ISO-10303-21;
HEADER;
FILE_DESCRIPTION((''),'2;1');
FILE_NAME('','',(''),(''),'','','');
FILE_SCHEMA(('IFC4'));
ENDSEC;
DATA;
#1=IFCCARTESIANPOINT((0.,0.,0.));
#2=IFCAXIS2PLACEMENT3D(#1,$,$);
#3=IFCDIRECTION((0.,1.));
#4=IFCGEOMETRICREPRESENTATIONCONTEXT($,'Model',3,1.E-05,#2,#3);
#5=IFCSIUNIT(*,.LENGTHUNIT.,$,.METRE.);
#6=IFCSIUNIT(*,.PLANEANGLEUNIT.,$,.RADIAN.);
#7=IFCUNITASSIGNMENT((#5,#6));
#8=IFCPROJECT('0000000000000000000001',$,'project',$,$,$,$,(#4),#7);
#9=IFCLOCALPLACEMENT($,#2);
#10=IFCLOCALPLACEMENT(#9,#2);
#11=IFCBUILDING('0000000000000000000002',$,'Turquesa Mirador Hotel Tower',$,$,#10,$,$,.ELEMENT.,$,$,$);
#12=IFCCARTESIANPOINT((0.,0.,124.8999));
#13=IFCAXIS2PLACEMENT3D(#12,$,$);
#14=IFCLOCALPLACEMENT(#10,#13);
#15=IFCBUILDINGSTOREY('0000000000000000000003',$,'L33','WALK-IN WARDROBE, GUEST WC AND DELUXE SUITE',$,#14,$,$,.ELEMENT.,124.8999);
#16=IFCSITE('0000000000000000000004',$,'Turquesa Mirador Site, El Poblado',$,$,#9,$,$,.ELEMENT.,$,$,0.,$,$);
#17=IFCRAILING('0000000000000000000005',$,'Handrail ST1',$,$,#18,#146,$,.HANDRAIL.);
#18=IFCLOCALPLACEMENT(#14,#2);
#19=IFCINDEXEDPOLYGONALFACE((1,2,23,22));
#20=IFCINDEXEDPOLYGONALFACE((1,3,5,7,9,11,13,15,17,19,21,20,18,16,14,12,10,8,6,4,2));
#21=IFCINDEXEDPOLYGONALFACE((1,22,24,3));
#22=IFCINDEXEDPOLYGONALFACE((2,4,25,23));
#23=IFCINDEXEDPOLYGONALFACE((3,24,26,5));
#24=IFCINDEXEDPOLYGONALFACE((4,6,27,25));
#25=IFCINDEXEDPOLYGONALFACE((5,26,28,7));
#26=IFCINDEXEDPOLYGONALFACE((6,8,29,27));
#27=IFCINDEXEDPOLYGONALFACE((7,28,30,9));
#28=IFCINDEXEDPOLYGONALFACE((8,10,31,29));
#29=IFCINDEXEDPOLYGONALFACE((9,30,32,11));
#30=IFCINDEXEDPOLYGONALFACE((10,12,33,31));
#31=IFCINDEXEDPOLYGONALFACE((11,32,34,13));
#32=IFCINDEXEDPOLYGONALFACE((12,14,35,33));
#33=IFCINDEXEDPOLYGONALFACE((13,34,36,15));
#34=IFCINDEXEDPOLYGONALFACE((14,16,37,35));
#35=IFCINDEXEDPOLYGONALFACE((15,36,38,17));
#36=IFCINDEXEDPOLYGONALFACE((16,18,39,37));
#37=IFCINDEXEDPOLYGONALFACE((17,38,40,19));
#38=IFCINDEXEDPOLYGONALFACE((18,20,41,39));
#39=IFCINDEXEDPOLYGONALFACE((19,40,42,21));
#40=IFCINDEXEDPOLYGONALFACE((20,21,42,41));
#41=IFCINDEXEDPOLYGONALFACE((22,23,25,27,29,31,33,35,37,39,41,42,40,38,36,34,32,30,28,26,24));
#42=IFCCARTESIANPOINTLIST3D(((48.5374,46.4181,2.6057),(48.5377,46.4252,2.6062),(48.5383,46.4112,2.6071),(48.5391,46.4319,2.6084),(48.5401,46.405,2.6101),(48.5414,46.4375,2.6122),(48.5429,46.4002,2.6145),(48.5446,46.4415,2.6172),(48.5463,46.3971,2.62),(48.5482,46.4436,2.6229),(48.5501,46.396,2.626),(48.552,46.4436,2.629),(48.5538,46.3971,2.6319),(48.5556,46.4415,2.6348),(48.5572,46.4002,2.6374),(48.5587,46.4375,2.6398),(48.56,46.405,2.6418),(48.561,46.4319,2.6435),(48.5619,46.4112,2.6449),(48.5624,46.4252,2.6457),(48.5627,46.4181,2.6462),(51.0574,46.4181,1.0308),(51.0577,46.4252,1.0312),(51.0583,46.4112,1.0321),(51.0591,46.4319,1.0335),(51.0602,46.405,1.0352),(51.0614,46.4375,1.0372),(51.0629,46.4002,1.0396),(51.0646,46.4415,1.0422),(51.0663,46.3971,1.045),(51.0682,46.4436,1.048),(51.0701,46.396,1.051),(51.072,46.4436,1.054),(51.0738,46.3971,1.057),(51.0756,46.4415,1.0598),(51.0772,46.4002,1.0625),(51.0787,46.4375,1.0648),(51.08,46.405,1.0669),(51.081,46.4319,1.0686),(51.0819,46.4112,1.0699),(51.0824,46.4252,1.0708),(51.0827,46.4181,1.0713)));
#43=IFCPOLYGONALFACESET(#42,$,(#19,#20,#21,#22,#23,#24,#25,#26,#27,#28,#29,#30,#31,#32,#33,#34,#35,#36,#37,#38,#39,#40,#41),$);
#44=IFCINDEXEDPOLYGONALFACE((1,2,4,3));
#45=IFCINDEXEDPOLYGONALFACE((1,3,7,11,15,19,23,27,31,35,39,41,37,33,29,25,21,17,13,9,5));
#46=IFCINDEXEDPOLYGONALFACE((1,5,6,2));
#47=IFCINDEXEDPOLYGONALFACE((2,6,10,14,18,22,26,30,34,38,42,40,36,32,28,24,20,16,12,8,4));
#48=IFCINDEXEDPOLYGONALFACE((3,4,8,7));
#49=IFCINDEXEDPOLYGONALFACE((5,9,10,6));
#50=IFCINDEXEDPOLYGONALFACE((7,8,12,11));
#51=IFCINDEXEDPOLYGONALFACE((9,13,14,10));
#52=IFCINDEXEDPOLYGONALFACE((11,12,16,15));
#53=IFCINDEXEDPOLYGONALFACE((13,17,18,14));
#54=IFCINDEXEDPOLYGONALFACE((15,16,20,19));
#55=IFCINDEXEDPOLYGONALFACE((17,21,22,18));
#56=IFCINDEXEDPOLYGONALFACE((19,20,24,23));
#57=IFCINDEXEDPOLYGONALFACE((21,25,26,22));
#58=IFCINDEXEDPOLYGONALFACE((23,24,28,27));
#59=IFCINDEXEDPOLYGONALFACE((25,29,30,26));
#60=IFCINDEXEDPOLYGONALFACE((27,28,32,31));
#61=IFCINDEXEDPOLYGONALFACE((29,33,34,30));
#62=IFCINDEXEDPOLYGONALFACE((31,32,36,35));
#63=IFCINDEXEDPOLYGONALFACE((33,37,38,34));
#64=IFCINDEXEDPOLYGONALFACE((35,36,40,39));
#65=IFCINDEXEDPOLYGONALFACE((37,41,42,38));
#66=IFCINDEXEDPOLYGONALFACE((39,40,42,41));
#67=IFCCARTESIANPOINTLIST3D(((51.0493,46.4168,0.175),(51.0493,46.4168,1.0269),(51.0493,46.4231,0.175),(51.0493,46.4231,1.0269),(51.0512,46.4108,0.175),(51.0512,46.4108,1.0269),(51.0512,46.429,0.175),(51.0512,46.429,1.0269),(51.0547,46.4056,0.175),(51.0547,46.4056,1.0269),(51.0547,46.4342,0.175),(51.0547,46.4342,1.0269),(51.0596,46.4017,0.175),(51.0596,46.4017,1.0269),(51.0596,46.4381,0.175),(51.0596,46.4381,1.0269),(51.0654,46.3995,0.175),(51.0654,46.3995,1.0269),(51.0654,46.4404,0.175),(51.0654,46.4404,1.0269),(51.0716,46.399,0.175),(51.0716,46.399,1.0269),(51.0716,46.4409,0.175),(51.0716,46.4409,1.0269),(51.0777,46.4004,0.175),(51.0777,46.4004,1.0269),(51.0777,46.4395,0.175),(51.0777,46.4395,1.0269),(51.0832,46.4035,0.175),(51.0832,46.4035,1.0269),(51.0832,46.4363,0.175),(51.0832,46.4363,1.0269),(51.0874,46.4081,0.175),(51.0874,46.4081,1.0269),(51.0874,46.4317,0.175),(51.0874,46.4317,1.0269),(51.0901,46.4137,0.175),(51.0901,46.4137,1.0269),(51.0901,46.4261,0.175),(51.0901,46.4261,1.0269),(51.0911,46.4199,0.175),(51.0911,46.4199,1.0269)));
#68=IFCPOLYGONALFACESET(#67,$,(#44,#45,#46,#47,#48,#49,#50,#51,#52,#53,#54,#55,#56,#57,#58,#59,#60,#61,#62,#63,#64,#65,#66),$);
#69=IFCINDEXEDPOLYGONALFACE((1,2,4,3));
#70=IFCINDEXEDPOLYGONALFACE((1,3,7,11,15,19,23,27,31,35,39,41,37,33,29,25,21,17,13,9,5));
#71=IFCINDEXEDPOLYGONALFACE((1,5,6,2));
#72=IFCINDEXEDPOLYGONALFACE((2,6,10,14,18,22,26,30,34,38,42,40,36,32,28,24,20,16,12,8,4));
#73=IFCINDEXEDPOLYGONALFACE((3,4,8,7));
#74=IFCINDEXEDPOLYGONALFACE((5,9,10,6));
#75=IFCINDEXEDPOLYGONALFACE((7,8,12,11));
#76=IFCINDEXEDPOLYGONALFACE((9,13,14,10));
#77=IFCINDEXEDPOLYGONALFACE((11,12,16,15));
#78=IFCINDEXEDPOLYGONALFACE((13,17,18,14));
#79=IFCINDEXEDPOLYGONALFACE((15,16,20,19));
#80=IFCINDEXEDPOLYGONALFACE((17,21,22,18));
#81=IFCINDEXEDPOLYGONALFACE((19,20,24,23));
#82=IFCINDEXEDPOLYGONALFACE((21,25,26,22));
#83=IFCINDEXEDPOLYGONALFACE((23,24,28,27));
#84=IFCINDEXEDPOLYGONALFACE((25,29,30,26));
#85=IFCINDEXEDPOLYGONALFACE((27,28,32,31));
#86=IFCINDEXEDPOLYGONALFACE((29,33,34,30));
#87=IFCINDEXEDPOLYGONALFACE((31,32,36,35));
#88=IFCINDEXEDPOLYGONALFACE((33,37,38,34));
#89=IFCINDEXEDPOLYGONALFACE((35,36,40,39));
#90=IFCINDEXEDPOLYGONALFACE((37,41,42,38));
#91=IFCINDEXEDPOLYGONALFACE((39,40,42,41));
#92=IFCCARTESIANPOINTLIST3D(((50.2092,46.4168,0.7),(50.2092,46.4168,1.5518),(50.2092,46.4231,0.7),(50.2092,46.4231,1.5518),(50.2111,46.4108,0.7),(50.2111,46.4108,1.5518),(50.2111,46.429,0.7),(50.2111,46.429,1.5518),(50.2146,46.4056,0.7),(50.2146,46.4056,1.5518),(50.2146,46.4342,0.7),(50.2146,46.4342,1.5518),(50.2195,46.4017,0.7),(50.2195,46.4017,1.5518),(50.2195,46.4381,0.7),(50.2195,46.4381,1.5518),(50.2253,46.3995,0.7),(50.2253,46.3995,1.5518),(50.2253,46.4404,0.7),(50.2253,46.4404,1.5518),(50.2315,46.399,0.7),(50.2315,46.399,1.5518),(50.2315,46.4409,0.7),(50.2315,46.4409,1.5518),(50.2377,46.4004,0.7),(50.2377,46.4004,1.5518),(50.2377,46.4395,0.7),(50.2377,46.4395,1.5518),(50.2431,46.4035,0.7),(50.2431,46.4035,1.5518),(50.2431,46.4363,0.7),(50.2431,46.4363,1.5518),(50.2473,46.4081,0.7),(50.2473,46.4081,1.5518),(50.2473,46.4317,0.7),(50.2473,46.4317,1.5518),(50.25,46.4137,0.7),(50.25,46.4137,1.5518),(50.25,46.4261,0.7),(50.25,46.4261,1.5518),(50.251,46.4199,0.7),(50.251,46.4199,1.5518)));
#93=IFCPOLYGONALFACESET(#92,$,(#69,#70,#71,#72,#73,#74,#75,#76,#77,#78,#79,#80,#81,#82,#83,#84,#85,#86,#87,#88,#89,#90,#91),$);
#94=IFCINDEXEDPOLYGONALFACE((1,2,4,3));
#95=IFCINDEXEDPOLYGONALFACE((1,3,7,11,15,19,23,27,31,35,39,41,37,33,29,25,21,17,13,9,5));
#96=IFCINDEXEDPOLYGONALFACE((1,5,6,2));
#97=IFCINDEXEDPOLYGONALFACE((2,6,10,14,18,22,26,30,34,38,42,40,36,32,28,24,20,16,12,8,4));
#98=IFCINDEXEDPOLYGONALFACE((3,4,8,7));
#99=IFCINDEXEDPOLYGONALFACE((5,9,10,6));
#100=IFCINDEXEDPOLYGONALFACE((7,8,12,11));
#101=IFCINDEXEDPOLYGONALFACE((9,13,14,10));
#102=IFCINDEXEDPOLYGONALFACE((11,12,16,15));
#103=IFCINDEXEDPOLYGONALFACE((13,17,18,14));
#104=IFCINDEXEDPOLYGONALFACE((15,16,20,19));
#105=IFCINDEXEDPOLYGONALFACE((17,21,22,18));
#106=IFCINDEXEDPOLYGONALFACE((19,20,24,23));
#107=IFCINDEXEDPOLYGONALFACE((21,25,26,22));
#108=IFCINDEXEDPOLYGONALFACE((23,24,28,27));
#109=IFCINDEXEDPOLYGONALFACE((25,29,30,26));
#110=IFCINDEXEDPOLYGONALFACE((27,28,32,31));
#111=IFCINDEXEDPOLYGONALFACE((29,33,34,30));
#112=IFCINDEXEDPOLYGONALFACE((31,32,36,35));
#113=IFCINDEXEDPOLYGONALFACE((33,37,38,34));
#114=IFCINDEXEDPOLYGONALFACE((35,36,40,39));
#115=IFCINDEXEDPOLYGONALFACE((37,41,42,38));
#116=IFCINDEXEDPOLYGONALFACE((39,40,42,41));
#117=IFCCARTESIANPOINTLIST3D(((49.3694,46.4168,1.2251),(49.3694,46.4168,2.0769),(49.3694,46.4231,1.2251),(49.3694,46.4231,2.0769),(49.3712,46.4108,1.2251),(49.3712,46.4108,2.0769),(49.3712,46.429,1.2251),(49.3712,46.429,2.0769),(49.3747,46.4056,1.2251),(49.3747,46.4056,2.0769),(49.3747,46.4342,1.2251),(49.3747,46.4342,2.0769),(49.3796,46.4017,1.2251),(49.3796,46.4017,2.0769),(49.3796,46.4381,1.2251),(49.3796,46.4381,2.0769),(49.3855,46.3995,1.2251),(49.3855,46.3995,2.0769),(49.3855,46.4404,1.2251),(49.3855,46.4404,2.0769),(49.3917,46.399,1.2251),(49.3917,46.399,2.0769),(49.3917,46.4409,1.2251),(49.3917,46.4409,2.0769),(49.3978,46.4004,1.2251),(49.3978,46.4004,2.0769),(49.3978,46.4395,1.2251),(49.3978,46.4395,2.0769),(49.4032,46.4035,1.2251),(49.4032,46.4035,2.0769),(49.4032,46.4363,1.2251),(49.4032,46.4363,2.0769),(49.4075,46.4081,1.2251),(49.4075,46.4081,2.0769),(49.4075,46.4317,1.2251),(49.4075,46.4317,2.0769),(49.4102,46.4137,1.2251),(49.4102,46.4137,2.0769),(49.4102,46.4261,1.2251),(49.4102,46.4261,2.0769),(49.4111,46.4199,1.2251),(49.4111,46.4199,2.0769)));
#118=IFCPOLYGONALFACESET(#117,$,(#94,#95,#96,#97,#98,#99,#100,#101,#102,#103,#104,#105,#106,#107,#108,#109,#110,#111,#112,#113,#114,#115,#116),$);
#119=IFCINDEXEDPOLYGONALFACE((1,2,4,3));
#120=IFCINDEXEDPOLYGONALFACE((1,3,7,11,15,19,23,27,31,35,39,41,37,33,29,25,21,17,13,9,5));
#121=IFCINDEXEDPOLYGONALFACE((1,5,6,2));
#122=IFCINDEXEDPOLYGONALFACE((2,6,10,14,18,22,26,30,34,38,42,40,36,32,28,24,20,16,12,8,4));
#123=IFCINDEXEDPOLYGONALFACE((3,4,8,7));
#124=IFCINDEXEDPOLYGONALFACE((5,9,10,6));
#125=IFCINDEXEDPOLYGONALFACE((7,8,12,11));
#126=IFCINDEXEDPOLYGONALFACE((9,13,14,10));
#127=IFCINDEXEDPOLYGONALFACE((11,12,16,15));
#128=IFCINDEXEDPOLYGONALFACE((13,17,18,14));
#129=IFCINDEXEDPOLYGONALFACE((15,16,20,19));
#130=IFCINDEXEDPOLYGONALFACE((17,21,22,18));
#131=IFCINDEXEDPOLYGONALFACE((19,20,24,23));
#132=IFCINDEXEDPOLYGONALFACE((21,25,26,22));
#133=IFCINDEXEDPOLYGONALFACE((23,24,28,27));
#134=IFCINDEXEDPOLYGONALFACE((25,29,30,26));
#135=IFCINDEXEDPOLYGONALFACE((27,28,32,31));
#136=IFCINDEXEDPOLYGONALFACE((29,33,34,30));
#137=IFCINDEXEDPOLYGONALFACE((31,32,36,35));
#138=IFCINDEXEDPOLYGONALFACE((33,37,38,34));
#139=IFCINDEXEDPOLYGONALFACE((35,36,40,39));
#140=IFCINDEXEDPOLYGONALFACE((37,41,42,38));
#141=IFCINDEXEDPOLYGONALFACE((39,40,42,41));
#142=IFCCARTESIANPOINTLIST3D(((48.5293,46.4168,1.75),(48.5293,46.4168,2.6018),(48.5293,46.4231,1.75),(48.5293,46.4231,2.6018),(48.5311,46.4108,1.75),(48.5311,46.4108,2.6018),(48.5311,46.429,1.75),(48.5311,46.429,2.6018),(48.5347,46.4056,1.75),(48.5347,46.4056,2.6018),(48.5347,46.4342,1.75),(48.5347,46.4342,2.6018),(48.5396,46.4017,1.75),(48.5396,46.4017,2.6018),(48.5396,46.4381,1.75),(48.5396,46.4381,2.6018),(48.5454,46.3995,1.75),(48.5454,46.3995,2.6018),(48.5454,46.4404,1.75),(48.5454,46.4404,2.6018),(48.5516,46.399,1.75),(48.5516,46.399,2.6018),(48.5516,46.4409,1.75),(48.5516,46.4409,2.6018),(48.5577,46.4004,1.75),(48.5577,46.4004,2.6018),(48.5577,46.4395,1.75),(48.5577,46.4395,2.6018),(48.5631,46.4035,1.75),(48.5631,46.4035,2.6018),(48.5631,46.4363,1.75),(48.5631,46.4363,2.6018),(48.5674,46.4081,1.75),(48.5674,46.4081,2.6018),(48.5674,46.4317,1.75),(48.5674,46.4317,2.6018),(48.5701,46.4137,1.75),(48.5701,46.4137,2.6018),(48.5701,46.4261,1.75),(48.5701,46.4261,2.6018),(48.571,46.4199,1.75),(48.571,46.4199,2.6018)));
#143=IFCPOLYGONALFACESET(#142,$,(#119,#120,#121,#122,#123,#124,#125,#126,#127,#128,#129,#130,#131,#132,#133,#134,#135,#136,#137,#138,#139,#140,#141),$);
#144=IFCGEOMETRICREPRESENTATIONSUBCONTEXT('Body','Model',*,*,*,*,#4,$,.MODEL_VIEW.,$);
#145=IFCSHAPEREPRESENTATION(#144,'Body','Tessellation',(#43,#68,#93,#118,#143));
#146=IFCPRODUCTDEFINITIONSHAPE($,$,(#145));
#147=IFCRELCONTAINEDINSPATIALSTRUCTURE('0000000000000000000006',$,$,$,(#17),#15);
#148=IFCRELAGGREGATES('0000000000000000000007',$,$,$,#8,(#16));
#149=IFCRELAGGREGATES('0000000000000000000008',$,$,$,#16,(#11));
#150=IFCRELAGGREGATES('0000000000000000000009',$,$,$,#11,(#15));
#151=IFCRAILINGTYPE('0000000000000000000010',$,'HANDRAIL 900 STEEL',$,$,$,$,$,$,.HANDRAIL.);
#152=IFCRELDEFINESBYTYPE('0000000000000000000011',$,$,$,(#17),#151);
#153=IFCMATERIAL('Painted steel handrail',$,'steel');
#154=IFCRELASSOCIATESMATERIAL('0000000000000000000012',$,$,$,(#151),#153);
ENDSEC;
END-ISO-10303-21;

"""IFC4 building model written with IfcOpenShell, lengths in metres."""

from ifc_helpers import new_model, si_unit, direction, frame, origin, origin_2d, place, context, subcontext, project, spatial, circle, extrude, material, type_object, element, save


model = new_model("IFC4")

# Units and contexts
model_context = context("Model", 3, precision=1e-05, world=origin(), true_north=direction((0.0, 1.0)))
body_context = subcontext(model_context, "Body", "Model", "MODEL_VIEW")
ifc_project = project(units=[si_unit("LENGTHUNIT", "METRE"), si_unit("PLANEANGLEUNIT", "RADIAN")], contexts=[model_context])

# Site, building, storey
site_placement = place(None, origin())
site = spatial("IfcSite", under=ifc_project, at=site_placement, Name="Turquesa Mirador Site, El Poblado", CompositionType="ELEMENT", RefElevation=0.0)
building_placement = place(site_placement, origin())
building = spatial("IfcBuilding", under=site, at=building_placement, Name="Turquesa Mirador Hotel Tower", CompositionType="ELEMENT")
storey_placement = place(building_placement, frame((0.0, 0.0, 124.8999)))
storey = spatial("IfcBuildingStorey", under=building, at=storey_placement, Name="L33", Description="WALK-IN WARDROBE, GUEST WC AND DELUXE SUITE", CompositionType="ELEMENT", Elevation=124.8999)

# Railing
ifc_material_1 = material(Name="Painted steel handrail", Category="steel")
railing_type = type_object("IfcRailingType", Name="HANDRAIL 900 STEEL", PredefinedType="HANDRAIL", material=ifc_material_1)
railing_1_placement = place(storey_placement, frame((51.0701, 46.4199, 0.175)))
element("IfcRailing", 1, at=railing_1_placement, inside=storey, type_object=railing_type, Name="Handrail ST1", PredefinedType="HANDRAIL", context=body_context, shape_type="SweptSolid", body=[
    extrude(circle(Radius=0.0239, at=origin_2d()), frame((0.0, 0.0, 0.876), z_axis=(-0.848008, 0.0, 0.529984), x_axis=(0.0, -1.0, 0.0)), (0.0, 0.0, 1.0), 2.9717),
    extrude(circle(Radius=0.021, at=origin_2d()), origin(), (0.0, 0.0, 1.0), 0.8518),
    extrude(circle(Radius=0.021, at=origin_2d()), frame((-0.8401, 0.0, 0.5249)), (0.0, 0.0, 1.0), 0.8518),
    extrude(circle(Radius=0.021, at=origin_2d()), frame((-1.6799, 0.0, 1.05)), (0.0, 0.0, 1.0), 0.8518),
    extrude(circle(Radius=0.021, at=origin_2d()), frame((-2.52, 0.0, 1.575)), (0.0, 0.0, 1.0), 0.8518),
])

save(model, "model.ifc")
